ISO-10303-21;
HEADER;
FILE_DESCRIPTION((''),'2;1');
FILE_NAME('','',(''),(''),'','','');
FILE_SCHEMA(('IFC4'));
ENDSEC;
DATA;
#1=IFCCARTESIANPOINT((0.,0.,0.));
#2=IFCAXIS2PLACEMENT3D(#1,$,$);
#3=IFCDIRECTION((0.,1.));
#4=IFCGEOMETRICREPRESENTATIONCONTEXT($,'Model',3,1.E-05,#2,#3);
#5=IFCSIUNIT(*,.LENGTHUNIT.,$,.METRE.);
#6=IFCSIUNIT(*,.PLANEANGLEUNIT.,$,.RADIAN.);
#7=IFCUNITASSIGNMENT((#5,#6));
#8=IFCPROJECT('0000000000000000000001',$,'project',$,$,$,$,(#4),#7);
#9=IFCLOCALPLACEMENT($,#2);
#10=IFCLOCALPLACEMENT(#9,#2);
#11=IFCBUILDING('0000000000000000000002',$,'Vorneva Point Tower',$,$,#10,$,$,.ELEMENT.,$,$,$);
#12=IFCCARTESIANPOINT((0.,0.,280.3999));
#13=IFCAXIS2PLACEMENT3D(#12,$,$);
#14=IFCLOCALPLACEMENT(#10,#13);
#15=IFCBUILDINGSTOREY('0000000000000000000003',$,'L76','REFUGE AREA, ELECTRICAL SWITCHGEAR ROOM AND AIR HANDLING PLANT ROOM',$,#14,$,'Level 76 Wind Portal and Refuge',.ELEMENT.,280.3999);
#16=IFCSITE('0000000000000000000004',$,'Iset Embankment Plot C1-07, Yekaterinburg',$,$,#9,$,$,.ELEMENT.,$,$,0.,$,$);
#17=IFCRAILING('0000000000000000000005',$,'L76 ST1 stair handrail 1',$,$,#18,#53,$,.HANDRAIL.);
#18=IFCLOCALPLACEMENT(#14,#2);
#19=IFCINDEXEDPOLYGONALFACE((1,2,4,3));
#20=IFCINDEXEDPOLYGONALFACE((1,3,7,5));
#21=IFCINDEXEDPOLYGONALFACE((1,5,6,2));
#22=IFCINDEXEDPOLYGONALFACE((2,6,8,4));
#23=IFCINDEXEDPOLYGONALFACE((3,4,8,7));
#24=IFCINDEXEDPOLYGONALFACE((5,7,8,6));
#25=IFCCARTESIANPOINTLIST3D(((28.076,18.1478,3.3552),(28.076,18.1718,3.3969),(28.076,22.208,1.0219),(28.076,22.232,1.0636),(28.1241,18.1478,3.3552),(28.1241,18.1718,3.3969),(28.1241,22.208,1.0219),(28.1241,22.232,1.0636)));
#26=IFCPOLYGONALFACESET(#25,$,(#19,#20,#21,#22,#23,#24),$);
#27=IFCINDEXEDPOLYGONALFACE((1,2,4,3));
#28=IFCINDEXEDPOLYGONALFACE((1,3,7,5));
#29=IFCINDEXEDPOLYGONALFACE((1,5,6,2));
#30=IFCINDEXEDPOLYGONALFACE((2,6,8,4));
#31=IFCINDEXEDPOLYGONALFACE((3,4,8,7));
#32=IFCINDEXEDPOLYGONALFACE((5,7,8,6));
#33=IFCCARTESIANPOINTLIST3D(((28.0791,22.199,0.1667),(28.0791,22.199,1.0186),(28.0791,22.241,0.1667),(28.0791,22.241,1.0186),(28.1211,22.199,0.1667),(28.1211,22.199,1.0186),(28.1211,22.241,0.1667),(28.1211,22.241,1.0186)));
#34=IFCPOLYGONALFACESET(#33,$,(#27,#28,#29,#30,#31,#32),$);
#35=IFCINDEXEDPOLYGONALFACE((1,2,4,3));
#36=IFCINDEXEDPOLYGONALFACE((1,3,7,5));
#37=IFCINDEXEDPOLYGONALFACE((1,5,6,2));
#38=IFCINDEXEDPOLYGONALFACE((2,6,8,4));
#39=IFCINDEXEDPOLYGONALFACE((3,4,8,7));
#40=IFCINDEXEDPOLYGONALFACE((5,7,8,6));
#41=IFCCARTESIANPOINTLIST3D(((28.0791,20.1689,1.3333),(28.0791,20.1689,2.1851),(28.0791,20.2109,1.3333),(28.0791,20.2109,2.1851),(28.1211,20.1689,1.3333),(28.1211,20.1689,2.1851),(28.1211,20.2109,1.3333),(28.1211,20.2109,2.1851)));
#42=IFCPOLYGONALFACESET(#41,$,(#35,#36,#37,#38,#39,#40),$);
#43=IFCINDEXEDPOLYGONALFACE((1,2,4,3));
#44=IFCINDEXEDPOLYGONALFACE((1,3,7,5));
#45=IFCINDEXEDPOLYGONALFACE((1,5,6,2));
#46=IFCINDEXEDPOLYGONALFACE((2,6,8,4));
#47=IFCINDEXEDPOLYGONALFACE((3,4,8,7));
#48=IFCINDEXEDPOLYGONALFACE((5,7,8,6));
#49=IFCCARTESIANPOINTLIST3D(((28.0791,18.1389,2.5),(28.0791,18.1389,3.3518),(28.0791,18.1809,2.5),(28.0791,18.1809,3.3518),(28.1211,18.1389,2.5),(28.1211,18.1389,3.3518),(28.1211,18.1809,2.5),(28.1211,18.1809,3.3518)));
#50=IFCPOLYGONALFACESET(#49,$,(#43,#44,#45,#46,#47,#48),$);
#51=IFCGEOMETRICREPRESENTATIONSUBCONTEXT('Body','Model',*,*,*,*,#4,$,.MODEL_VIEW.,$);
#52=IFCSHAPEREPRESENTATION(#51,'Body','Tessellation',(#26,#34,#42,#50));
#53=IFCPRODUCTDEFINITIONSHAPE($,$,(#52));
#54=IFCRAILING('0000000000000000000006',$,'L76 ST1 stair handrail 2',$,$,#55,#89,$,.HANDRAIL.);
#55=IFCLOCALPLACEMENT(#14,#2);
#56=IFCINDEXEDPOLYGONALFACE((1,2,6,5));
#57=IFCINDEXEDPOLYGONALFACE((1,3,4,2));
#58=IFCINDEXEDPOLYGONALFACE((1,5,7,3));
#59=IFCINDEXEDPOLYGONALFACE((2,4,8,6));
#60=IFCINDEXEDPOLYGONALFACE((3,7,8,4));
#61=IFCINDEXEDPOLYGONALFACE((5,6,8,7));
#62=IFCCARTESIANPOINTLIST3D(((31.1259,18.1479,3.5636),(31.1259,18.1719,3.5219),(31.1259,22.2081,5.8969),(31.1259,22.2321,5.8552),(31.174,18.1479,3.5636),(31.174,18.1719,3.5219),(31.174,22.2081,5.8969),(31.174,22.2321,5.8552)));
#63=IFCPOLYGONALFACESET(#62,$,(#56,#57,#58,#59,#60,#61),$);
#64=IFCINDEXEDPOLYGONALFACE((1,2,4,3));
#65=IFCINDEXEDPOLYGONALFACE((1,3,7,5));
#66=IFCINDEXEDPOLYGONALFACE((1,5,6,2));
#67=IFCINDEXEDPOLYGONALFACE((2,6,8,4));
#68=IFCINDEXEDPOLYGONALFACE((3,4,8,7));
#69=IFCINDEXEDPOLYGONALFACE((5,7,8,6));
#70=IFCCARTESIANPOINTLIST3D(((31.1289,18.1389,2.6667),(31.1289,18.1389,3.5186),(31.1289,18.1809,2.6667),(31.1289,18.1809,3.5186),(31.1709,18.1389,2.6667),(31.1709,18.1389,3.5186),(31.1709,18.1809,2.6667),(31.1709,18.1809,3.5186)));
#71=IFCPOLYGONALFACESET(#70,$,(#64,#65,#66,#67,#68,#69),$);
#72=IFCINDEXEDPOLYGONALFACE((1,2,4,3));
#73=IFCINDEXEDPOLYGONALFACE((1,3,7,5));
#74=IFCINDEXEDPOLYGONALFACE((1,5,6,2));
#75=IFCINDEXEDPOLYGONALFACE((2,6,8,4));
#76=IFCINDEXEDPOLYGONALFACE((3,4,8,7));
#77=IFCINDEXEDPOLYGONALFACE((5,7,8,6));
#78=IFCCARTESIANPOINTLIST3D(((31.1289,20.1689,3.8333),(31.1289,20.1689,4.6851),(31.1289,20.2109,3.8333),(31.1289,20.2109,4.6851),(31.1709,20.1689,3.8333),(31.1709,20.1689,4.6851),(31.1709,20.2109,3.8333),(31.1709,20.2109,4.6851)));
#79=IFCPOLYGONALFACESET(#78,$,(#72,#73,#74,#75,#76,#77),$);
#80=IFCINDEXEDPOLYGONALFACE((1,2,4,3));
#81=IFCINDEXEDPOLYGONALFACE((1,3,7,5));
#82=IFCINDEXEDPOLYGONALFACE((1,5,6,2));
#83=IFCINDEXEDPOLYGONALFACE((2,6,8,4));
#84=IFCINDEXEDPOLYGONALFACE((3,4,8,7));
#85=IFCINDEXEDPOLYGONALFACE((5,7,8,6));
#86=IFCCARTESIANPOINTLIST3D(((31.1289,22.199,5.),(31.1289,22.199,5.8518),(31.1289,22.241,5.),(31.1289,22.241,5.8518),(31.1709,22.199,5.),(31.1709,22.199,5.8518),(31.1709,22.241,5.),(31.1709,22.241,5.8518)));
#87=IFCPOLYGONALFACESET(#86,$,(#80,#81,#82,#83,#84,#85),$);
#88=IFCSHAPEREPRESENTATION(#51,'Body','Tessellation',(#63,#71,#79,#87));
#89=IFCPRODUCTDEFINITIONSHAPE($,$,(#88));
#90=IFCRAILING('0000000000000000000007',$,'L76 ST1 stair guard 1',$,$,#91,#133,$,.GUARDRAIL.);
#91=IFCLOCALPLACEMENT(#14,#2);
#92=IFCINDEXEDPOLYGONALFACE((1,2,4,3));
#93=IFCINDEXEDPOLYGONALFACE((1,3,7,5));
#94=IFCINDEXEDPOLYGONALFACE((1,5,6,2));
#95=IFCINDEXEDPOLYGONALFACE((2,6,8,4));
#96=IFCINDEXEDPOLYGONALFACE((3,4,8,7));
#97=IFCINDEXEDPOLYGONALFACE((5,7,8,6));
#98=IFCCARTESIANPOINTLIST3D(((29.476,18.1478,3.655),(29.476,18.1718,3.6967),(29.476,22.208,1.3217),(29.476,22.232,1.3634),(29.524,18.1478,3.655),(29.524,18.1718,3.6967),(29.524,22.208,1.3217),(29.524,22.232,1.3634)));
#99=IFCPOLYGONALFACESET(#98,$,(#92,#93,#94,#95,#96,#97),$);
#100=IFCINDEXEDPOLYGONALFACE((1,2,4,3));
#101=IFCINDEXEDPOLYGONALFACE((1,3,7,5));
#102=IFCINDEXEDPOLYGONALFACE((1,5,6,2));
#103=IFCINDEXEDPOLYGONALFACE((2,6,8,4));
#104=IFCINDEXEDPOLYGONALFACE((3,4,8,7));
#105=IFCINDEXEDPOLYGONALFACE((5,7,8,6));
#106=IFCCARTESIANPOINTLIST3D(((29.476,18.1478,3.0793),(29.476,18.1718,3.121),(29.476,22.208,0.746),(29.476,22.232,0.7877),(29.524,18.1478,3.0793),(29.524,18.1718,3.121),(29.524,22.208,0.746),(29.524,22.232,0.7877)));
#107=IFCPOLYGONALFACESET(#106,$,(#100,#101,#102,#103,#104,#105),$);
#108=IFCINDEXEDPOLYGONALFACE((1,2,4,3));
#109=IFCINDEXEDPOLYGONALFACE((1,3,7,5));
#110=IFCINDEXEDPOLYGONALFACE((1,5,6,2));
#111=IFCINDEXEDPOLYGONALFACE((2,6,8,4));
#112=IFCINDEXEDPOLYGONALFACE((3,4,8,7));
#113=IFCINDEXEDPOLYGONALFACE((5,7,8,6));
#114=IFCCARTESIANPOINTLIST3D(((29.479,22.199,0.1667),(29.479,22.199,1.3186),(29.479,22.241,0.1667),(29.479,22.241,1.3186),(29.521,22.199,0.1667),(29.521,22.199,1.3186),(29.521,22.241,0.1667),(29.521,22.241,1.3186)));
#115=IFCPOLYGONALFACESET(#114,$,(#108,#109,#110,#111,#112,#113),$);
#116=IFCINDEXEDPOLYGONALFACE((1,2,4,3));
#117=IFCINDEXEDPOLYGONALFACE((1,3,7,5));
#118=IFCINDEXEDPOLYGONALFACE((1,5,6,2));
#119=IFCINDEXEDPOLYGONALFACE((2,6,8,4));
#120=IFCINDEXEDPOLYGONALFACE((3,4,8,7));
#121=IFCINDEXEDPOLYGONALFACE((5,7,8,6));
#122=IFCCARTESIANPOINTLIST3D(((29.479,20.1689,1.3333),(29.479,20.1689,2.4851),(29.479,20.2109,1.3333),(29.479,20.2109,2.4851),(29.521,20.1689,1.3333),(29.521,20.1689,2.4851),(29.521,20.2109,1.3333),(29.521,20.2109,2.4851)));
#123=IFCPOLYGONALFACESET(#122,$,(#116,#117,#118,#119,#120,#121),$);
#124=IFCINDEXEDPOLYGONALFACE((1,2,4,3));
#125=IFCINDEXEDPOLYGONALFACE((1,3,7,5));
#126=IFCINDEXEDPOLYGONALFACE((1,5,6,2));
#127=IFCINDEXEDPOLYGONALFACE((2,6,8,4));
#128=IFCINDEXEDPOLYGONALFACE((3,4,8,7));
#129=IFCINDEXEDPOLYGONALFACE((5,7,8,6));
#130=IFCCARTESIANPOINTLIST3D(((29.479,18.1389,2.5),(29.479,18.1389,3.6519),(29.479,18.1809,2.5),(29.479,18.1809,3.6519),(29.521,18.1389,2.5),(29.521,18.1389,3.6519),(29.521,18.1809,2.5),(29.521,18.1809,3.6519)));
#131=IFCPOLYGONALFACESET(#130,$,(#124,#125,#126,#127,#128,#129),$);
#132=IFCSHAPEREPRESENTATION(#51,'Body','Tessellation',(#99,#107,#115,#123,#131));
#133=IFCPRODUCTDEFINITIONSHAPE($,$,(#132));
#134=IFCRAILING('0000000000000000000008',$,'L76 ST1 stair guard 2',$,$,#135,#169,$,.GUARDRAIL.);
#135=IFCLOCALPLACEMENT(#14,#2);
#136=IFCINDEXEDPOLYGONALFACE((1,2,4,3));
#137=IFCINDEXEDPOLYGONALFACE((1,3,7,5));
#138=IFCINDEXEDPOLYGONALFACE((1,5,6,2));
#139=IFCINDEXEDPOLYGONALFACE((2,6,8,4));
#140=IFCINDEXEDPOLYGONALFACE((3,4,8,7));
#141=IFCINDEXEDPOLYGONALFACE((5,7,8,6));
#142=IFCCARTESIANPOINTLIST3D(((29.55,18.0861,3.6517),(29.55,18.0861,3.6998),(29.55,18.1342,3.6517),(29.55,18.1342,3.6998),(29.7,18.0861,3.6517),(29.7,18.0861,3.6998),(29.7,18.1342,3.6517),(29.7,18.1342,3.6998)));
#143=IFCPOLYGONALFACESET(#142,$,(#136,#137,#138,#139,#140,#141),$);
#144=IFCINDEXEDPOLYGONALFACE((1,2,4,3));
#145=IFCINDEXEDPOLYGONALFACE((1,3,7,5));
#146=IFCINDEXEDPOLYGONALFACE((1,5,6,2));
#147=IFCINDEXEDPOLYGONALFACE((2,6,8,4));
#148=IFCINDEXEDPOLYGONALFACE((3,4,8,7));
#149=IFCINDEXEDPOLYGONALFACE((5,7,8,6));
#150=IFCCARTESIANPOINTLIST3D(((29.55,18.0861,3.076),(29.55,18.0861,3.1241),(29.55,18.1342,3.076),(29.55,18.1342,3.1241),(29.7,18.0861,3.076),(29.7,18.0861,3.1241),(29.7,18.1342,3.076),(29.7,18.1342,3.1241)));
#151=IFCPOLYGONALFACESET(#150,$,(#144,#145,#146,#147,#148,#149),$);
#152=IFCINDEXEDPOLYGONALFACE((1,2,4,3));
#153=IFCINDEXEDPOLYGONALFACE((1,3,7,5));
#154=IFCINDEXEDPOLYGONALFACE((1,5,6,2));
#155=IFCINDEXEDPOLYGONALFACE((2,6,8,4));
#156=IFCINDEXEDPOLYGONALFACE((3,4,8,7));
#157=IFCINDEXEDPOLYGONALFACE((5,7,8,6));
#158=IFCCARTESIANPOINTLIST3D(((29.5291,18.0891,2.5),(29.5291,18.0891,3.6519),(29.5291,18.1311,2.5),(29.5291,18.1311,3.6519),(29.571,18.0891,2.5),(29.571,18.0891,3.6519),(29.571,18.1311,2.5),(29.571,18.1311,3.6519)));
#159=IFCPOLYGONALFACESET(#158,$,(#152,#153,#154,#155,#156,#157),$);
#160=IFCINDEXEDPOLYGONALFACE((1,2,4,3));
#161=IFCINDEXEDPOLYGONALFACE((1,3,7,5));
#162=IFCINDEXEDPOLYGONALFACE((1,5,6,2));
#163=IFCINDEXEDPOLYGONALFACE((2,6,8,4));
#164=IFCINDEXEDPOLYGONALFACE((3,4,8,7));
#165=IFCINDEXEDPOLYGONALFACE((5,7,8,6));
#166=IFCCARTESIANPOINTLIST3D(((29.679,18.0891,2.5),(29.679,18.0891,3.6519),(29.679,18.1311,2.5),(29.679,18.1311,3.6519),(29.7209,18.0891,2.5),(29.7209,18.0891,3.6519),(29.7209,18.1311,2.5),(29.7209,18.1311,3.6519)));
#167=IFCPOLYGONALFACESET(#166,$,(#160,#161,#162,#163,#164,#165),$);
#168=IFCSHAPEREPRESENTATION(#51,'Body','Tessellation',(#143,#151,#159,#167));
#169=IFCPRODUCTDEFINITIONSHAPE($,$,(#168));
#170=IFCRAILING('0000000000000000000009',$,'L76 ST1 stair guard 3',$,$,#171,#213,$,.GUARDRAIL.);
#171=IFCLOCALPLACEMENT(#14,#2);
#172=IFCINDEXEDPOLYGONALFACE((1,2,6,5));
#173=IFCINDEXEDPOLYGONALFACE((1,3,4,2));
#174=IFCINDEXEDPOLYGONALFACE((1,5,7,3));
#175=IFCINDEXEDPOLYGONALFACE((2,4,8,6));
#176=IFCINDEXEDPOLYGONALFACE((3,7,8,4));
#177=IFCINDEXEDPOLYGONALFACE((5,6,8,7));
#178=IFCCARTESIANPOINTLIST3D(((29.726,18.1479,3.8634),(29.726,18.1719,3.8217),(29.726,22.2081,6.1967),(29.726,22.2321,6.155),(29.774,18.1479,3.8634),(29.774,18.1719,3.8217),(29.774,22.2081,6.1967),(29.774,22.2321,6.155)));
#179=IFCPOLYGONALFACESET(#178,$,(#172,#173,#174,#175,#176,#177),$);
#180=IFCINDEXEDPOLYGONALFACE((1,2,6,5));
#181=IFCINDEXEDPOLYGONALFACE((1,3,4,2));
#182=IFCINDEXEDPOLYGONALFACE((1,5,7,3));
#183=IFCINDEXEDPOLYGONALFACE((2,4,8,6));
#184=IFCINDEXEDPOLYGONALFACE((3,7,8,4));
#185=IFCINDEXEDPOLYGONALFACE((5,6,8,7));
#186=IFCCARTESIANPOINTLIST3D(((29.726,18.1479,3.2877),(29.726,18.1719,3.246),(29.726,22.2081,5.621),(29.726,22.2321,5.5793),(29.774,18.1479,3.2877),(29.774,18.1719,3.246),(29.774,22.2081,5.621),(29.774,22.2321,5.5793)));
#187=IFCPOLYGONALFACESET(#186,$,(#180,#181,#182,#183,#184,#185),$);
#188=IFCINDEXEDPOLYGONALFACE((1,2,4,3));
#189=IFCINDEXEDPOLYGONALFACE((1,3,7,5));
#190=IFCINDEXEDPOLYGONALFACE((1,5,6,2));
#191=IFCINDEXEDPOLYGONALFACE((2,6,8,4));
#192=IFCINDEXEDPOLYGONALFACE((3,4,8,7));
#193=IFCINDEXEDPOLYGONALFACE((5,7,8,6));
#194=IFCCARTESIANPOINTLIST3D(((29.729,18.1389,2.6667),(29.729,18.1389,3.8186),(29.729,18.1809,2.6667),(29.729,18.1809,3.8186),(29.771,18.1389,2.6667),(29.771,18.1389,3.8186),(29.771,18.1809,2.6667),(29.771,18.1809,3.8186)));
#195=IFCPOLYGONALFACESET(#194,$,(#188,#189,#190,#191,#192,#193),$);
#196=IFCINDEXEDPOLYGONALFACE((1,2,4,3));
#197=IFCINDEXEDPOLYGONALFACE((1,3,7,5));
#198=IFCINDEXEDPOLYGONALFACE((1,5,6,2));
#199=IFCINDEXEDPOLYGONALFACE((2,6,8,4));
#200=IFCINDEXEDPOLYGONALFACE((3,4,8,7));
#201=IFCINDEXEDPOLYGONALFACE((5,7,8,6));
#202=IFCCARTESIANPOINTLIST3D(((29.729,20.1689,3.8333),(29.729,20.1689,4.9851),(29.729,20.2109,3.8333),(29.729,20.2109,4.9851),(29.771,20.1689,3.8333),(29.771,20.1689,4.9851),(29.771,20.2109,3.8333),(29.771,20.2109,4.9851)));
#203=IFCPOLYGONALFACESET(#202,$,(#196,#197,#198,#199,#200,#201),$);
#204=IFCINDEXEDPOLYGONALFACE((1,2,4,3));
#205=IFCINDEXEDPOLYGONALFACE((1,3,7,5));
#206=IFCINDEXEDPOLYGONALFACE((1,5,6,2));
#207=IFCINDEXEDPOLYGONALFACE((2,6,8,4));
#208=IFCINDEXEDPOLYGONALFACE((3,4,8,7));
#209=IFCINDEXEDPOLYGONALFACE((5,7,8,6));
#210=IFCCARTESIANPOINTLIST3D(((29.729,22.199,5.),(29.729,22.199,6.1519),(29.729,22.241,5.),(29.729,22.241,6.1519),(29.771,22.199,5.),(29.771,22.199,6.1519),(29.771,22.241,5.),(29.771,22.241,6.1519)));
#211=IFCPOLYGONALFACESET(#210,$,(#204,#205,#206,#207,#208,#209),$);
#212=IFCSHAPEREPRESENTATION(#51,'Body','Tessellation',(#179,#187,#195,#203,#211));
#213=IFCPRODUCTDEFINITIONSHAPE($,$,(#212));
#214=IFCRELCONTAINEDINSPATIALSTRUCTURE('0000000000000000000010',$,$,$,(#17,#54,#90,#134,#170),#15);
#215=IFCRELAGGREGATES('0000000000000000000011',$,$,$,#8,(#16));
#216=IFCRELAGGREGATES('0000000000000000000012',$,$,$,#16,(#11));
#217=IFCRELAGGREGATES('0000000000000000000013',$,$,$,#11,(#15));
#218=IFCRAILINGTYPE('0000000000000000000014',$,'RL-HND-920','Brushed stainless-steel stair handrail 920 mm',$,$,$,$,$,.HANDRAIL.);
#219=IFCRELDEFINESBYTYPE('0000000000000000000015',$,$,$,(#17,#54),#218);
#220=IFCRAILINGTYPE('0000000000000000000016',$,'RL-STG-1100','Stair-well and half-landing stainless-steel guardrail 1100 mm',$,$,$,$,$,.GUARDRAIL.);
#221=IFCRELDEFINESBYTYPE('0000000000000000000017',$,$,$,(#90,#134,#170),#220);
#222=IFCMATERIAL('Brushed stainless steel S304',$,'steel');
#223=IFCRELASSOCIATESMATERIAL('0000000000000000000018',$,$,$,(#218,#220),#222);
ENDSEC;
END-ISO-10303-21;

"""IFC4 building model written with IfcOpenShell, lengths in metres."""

from ifc_helpers import new_model, si_unit, direction, frame, origin, origin_2d, place, context, subcontext, project, spatial, rectangle, extrude, material, type_object, element, save


model = new_model("IFC4")

# Units and contexts
model_context = context("Model", 3, precision=1e-05, world=origin(), true_north=direction((0.0, 1.0)))
body_context = subcontext(model_context, "Body", "Model", "MODEL_VIEW")
ifc_project = project(units=[si_unit("LENGTHUNIT", "METRE"), si_unit("PLANEANGLEUNIT", "RADIAN")], contexts=[model_context])

# Site, building, storey
site_placement = place(None, origin())
site = spatial("IfcSite", under=ifc_project, at=site_placement, Name="Iset Embankment Plot C1-07, Yekaterinburg", CompositionType="ELEMENT", RefElevation=0.0)
building_placement = place(site_placement, origin())
building = spatial("IfcBuilding", under=site, at=building_placement, Name="Vorneva Point Tower", CompositionType="ELEMENT")
storey_placement = place(building_placement, frame((0.0, 0.0, 280.3999)))
storey = spatial("IfcBuildingStorey", under=building, at=storey_placement, Name="L76", Description="REFUGE AREA, ELECTRICAL SWITCHGEAR ROOM AND AIR HANDLING PLANT ROOM", LongName="Level 76 Wind Portal and Refuge", CompositionType="ELEMENT", Elevation=280.3999)

# Railings
ifc_material_1 = material(Name="Brushed stainless steel S304", Category="steel")
railing_type_1 = type_object("IfcRailingType", Name="RL-HND-920", Description="Brushed stainless-steel stair handrail 920 mm", PredefinedType="HANDRAIL", material=ifc_material_1)
railing_1_placement = place(storey_placement, frame((28.1001, 22.22, 0.1667)))
element("IfcRailing", 1, at=railing_1_placement, inside=storey, type_object=railing_type_1, Name="L76 ST1 stair handrail 1", PredefinedType="HANDRAIL", context=body_context, shape_type="SweptSolid", body=[
    extrude(rectangle(XDim=0.0481, YDim=0.0481, at=origin_2d()), frame((0.0, 0.0, 0.876), z_axis=(0.0, -0.867025, 0.498265), x_axis=(1.0, 0.0, 0.0)), (0.0, 0.0, 1.0), 4.6829),
    extrude(rectangle(XDim=0.042, YDim=0.042, at=origin_2d()), origin(), (0.0, 0.0, 1.0), 0.8518),
    extrude(rectangle(XDim=0.042, YDim=0.042, at=origin_2d()), frame((0.0, -2.03, 1.1665)), (0.0, 0.0, 1.0), 0.8518),
    extrude(rectangle(XDim=0.042, YDim=0.042, at=origin_2d()), frame((0.0, -4.0601, 2.3333)), (0.0, 0.0, 1.0), 0.8518),
])
railing_2_placement = place(storey_placement, frame((31.1499, 18.1599, 2.6667)))
element("IfcRailing", 2, at=railing_2_placement, inside=storey, type_object=railing_type_1, Name="L76 ST1 stair handrail 2", PredefinedType="HANDRAIL", context=body_context, shape_type="SweptSolid", body=[
    extrude(rectangle(XDim=0.0481, YDim=0.0481, at=origin_2d()), frame((0.0, 0.0, 0.876), z_axis=(0.0, 0.867025, 0.498265), x_axis=(-1.0, 0.0, 0.0)), (0.0, 0.0, 1.0), 4.6829),
    extrude(rectangle(XDim=0.042, YDim=0.042, at=origin_2d()), origin(), (0.0, 0.0, 1.0), 0.8518),
    extrude(rectangle(XDim=0.042, YDim=0.042, at=origin_2d()), frame((0.0, 2.03, 1.1665)), (0.0, 0.0, 1.0), 0.8518),
    extrude(rectangle(XDim=0.042, YDim=0.042, at=origin_2d()), frame((0.0, 4.0601, 2.3333)), (0.0, 0.0, 1.0), 0.8518),
])
railing_type_2 = type_object("IfcRailingType", Name="RL-STG-1100", Description="Stair-well and half-landing stainless-steel guardrail 1100 mm", PredefinedType="GUARDRAIL", material=ifc_material_1)
railing_3_placement = place(storey_placement, frame((29.5, 22.22, 0.1667)))
element("IfcRailing", 3, at=railing_3_placement, inside=storey, type_object=railing_type_2, Name="L76 ST1 stair guard 1", PredefinedType="GUARDRAIL", context=body_context, shape_type="SweptSolid", body=[
    extrude(rectangle(XDim=0.0481, YDim=0.0481, at=origin_2d()), frame((0.0, 0.0, 1.1758), z_axis=(0.0, -0.867025, 0.498265), x_axis=(1.0, 0.0, 0.0)), (0.0, 0.0, 1.0), 4.6829),
    extrude(rectangle(XDim=0.0481, YDim=0.0481, at=origin_2d()), frame((0.0, 0.0, 0.6001), z_axis=(0.0, -0.867025, 0.498265), x_axis=(1.0, 0.0, 0.0)), (0.0, 0.0, 1.0), 4.6829),
    extrude(rectangle(XDim=0.042, YDim=0.042, at=origin_2d()), origin(), (0.0, 0.0, 1.0), 1.1519),
    extrude(rectangle(XDim=0.042, YDim=0.042, at=origin_2d()), frame((0.0, -2.03, 1.1665)), (0.0, 0.0, 1.0), 1.1519),
    extrude(rectangle(XDim=0.042, YDim=0.042, at=origin_2d()), frame((0.0, -4.0601, 2.3333)), (0.0, 0.0, 1.0), 1.1519),
])
railing_4_placement = place(storey_placement, frame((29.55, 18.1101, 2.5)))
element("IfcRailing", 4, at=railing_4_placement, inside=storey, type_object=railing_type_2, Name="L76 ST1 stair guard 2", PredefinedType="GUARDRAIL", context=body_context, shape_type="SweptSolid", body=[
    extrude(rectangle(XDim=0.0481, YDim=0.0481, at=origin_2d()), frame((0.0, 0.0, 1.1758), z_axis=(1.0, 0.0, 0.0), x_axis=(0.0, 1.0, 0.0)), (0.0, 0.0, 1.0), 0.1499),
    extrude(rectangle(XDim=0.0481, YDim=0.0481, at=origin_2d()), frame((0.0, 0.0, 0.6001), z_axis=(1.0, 0.0, 0.0), x_axis=(0.0, 1.0, 0.0)), (0.0, 0.0, 1.0), 0.1499),
    extrude(rectangle(XDim=0.042, YDim=0.042, at=origin_2d()), origin(), (0.0, 0.0, 1.0), 1.1519),
    extrude(rectangle(XDim=0.042, YDim=0.042, at=origin_2d()), frame((0.1499, 0.0, 0.0)), (0.0, 0.0, 1.0), 1.1519),
])
railing_5_placement = place(storey_placement, frame((29.75, 18.1599, 2.6667)))
element("IfcRailing", 5, at=railing_5_placement, inside=storey, type_object=railing_type_2, Name="L76 ST1 stair guard 3", PredefinedType="GUARDRAIL", context=body_context, shape_type="SweptSolid", body=[
    extrude(rectangle(XDim=0.0481, YDim=0.0481, at=origin_2d()), frame((0.0, 0.0, 1.1758), z_axis=(0.0, 0.867025, 0.498265), x_axis=(-1.0, 0.0, 0.0)), (0.0, 0.0, 1.0), 4.6829),
    extrude(rectangle(XDim=0.0481, YDim=0.0481, at=origin_2d()), frame((0.0, 0.0, 0.6001), z_axis=(0.0, 0.867025, 0.498265), x_axis=(-1.0, 0.0, 0.0)), (0.0, 0.0, 1.0), 4.6829),
    extrude(rectangle(XDim=0.042, YDim=0.042, at=origin_2d()), origin(), (0.0, 0.0, 1.0), 1.1519),
    extrude(rectangle(XDim=0.042, YDim=0.042, at=origin_2d()), frame((0.0, 2.03, 1.1665)), (0.0, 0.0, 1.0), 1.1519),
    extrude(rectangle(XDim=0.042, YDim=0.042, at=origin_2d()), frame((0.0, 4.0601, 2.3333)), (0.0, 0.0, 1.0), 1.1519),
])

save(model, "model.ifc")
